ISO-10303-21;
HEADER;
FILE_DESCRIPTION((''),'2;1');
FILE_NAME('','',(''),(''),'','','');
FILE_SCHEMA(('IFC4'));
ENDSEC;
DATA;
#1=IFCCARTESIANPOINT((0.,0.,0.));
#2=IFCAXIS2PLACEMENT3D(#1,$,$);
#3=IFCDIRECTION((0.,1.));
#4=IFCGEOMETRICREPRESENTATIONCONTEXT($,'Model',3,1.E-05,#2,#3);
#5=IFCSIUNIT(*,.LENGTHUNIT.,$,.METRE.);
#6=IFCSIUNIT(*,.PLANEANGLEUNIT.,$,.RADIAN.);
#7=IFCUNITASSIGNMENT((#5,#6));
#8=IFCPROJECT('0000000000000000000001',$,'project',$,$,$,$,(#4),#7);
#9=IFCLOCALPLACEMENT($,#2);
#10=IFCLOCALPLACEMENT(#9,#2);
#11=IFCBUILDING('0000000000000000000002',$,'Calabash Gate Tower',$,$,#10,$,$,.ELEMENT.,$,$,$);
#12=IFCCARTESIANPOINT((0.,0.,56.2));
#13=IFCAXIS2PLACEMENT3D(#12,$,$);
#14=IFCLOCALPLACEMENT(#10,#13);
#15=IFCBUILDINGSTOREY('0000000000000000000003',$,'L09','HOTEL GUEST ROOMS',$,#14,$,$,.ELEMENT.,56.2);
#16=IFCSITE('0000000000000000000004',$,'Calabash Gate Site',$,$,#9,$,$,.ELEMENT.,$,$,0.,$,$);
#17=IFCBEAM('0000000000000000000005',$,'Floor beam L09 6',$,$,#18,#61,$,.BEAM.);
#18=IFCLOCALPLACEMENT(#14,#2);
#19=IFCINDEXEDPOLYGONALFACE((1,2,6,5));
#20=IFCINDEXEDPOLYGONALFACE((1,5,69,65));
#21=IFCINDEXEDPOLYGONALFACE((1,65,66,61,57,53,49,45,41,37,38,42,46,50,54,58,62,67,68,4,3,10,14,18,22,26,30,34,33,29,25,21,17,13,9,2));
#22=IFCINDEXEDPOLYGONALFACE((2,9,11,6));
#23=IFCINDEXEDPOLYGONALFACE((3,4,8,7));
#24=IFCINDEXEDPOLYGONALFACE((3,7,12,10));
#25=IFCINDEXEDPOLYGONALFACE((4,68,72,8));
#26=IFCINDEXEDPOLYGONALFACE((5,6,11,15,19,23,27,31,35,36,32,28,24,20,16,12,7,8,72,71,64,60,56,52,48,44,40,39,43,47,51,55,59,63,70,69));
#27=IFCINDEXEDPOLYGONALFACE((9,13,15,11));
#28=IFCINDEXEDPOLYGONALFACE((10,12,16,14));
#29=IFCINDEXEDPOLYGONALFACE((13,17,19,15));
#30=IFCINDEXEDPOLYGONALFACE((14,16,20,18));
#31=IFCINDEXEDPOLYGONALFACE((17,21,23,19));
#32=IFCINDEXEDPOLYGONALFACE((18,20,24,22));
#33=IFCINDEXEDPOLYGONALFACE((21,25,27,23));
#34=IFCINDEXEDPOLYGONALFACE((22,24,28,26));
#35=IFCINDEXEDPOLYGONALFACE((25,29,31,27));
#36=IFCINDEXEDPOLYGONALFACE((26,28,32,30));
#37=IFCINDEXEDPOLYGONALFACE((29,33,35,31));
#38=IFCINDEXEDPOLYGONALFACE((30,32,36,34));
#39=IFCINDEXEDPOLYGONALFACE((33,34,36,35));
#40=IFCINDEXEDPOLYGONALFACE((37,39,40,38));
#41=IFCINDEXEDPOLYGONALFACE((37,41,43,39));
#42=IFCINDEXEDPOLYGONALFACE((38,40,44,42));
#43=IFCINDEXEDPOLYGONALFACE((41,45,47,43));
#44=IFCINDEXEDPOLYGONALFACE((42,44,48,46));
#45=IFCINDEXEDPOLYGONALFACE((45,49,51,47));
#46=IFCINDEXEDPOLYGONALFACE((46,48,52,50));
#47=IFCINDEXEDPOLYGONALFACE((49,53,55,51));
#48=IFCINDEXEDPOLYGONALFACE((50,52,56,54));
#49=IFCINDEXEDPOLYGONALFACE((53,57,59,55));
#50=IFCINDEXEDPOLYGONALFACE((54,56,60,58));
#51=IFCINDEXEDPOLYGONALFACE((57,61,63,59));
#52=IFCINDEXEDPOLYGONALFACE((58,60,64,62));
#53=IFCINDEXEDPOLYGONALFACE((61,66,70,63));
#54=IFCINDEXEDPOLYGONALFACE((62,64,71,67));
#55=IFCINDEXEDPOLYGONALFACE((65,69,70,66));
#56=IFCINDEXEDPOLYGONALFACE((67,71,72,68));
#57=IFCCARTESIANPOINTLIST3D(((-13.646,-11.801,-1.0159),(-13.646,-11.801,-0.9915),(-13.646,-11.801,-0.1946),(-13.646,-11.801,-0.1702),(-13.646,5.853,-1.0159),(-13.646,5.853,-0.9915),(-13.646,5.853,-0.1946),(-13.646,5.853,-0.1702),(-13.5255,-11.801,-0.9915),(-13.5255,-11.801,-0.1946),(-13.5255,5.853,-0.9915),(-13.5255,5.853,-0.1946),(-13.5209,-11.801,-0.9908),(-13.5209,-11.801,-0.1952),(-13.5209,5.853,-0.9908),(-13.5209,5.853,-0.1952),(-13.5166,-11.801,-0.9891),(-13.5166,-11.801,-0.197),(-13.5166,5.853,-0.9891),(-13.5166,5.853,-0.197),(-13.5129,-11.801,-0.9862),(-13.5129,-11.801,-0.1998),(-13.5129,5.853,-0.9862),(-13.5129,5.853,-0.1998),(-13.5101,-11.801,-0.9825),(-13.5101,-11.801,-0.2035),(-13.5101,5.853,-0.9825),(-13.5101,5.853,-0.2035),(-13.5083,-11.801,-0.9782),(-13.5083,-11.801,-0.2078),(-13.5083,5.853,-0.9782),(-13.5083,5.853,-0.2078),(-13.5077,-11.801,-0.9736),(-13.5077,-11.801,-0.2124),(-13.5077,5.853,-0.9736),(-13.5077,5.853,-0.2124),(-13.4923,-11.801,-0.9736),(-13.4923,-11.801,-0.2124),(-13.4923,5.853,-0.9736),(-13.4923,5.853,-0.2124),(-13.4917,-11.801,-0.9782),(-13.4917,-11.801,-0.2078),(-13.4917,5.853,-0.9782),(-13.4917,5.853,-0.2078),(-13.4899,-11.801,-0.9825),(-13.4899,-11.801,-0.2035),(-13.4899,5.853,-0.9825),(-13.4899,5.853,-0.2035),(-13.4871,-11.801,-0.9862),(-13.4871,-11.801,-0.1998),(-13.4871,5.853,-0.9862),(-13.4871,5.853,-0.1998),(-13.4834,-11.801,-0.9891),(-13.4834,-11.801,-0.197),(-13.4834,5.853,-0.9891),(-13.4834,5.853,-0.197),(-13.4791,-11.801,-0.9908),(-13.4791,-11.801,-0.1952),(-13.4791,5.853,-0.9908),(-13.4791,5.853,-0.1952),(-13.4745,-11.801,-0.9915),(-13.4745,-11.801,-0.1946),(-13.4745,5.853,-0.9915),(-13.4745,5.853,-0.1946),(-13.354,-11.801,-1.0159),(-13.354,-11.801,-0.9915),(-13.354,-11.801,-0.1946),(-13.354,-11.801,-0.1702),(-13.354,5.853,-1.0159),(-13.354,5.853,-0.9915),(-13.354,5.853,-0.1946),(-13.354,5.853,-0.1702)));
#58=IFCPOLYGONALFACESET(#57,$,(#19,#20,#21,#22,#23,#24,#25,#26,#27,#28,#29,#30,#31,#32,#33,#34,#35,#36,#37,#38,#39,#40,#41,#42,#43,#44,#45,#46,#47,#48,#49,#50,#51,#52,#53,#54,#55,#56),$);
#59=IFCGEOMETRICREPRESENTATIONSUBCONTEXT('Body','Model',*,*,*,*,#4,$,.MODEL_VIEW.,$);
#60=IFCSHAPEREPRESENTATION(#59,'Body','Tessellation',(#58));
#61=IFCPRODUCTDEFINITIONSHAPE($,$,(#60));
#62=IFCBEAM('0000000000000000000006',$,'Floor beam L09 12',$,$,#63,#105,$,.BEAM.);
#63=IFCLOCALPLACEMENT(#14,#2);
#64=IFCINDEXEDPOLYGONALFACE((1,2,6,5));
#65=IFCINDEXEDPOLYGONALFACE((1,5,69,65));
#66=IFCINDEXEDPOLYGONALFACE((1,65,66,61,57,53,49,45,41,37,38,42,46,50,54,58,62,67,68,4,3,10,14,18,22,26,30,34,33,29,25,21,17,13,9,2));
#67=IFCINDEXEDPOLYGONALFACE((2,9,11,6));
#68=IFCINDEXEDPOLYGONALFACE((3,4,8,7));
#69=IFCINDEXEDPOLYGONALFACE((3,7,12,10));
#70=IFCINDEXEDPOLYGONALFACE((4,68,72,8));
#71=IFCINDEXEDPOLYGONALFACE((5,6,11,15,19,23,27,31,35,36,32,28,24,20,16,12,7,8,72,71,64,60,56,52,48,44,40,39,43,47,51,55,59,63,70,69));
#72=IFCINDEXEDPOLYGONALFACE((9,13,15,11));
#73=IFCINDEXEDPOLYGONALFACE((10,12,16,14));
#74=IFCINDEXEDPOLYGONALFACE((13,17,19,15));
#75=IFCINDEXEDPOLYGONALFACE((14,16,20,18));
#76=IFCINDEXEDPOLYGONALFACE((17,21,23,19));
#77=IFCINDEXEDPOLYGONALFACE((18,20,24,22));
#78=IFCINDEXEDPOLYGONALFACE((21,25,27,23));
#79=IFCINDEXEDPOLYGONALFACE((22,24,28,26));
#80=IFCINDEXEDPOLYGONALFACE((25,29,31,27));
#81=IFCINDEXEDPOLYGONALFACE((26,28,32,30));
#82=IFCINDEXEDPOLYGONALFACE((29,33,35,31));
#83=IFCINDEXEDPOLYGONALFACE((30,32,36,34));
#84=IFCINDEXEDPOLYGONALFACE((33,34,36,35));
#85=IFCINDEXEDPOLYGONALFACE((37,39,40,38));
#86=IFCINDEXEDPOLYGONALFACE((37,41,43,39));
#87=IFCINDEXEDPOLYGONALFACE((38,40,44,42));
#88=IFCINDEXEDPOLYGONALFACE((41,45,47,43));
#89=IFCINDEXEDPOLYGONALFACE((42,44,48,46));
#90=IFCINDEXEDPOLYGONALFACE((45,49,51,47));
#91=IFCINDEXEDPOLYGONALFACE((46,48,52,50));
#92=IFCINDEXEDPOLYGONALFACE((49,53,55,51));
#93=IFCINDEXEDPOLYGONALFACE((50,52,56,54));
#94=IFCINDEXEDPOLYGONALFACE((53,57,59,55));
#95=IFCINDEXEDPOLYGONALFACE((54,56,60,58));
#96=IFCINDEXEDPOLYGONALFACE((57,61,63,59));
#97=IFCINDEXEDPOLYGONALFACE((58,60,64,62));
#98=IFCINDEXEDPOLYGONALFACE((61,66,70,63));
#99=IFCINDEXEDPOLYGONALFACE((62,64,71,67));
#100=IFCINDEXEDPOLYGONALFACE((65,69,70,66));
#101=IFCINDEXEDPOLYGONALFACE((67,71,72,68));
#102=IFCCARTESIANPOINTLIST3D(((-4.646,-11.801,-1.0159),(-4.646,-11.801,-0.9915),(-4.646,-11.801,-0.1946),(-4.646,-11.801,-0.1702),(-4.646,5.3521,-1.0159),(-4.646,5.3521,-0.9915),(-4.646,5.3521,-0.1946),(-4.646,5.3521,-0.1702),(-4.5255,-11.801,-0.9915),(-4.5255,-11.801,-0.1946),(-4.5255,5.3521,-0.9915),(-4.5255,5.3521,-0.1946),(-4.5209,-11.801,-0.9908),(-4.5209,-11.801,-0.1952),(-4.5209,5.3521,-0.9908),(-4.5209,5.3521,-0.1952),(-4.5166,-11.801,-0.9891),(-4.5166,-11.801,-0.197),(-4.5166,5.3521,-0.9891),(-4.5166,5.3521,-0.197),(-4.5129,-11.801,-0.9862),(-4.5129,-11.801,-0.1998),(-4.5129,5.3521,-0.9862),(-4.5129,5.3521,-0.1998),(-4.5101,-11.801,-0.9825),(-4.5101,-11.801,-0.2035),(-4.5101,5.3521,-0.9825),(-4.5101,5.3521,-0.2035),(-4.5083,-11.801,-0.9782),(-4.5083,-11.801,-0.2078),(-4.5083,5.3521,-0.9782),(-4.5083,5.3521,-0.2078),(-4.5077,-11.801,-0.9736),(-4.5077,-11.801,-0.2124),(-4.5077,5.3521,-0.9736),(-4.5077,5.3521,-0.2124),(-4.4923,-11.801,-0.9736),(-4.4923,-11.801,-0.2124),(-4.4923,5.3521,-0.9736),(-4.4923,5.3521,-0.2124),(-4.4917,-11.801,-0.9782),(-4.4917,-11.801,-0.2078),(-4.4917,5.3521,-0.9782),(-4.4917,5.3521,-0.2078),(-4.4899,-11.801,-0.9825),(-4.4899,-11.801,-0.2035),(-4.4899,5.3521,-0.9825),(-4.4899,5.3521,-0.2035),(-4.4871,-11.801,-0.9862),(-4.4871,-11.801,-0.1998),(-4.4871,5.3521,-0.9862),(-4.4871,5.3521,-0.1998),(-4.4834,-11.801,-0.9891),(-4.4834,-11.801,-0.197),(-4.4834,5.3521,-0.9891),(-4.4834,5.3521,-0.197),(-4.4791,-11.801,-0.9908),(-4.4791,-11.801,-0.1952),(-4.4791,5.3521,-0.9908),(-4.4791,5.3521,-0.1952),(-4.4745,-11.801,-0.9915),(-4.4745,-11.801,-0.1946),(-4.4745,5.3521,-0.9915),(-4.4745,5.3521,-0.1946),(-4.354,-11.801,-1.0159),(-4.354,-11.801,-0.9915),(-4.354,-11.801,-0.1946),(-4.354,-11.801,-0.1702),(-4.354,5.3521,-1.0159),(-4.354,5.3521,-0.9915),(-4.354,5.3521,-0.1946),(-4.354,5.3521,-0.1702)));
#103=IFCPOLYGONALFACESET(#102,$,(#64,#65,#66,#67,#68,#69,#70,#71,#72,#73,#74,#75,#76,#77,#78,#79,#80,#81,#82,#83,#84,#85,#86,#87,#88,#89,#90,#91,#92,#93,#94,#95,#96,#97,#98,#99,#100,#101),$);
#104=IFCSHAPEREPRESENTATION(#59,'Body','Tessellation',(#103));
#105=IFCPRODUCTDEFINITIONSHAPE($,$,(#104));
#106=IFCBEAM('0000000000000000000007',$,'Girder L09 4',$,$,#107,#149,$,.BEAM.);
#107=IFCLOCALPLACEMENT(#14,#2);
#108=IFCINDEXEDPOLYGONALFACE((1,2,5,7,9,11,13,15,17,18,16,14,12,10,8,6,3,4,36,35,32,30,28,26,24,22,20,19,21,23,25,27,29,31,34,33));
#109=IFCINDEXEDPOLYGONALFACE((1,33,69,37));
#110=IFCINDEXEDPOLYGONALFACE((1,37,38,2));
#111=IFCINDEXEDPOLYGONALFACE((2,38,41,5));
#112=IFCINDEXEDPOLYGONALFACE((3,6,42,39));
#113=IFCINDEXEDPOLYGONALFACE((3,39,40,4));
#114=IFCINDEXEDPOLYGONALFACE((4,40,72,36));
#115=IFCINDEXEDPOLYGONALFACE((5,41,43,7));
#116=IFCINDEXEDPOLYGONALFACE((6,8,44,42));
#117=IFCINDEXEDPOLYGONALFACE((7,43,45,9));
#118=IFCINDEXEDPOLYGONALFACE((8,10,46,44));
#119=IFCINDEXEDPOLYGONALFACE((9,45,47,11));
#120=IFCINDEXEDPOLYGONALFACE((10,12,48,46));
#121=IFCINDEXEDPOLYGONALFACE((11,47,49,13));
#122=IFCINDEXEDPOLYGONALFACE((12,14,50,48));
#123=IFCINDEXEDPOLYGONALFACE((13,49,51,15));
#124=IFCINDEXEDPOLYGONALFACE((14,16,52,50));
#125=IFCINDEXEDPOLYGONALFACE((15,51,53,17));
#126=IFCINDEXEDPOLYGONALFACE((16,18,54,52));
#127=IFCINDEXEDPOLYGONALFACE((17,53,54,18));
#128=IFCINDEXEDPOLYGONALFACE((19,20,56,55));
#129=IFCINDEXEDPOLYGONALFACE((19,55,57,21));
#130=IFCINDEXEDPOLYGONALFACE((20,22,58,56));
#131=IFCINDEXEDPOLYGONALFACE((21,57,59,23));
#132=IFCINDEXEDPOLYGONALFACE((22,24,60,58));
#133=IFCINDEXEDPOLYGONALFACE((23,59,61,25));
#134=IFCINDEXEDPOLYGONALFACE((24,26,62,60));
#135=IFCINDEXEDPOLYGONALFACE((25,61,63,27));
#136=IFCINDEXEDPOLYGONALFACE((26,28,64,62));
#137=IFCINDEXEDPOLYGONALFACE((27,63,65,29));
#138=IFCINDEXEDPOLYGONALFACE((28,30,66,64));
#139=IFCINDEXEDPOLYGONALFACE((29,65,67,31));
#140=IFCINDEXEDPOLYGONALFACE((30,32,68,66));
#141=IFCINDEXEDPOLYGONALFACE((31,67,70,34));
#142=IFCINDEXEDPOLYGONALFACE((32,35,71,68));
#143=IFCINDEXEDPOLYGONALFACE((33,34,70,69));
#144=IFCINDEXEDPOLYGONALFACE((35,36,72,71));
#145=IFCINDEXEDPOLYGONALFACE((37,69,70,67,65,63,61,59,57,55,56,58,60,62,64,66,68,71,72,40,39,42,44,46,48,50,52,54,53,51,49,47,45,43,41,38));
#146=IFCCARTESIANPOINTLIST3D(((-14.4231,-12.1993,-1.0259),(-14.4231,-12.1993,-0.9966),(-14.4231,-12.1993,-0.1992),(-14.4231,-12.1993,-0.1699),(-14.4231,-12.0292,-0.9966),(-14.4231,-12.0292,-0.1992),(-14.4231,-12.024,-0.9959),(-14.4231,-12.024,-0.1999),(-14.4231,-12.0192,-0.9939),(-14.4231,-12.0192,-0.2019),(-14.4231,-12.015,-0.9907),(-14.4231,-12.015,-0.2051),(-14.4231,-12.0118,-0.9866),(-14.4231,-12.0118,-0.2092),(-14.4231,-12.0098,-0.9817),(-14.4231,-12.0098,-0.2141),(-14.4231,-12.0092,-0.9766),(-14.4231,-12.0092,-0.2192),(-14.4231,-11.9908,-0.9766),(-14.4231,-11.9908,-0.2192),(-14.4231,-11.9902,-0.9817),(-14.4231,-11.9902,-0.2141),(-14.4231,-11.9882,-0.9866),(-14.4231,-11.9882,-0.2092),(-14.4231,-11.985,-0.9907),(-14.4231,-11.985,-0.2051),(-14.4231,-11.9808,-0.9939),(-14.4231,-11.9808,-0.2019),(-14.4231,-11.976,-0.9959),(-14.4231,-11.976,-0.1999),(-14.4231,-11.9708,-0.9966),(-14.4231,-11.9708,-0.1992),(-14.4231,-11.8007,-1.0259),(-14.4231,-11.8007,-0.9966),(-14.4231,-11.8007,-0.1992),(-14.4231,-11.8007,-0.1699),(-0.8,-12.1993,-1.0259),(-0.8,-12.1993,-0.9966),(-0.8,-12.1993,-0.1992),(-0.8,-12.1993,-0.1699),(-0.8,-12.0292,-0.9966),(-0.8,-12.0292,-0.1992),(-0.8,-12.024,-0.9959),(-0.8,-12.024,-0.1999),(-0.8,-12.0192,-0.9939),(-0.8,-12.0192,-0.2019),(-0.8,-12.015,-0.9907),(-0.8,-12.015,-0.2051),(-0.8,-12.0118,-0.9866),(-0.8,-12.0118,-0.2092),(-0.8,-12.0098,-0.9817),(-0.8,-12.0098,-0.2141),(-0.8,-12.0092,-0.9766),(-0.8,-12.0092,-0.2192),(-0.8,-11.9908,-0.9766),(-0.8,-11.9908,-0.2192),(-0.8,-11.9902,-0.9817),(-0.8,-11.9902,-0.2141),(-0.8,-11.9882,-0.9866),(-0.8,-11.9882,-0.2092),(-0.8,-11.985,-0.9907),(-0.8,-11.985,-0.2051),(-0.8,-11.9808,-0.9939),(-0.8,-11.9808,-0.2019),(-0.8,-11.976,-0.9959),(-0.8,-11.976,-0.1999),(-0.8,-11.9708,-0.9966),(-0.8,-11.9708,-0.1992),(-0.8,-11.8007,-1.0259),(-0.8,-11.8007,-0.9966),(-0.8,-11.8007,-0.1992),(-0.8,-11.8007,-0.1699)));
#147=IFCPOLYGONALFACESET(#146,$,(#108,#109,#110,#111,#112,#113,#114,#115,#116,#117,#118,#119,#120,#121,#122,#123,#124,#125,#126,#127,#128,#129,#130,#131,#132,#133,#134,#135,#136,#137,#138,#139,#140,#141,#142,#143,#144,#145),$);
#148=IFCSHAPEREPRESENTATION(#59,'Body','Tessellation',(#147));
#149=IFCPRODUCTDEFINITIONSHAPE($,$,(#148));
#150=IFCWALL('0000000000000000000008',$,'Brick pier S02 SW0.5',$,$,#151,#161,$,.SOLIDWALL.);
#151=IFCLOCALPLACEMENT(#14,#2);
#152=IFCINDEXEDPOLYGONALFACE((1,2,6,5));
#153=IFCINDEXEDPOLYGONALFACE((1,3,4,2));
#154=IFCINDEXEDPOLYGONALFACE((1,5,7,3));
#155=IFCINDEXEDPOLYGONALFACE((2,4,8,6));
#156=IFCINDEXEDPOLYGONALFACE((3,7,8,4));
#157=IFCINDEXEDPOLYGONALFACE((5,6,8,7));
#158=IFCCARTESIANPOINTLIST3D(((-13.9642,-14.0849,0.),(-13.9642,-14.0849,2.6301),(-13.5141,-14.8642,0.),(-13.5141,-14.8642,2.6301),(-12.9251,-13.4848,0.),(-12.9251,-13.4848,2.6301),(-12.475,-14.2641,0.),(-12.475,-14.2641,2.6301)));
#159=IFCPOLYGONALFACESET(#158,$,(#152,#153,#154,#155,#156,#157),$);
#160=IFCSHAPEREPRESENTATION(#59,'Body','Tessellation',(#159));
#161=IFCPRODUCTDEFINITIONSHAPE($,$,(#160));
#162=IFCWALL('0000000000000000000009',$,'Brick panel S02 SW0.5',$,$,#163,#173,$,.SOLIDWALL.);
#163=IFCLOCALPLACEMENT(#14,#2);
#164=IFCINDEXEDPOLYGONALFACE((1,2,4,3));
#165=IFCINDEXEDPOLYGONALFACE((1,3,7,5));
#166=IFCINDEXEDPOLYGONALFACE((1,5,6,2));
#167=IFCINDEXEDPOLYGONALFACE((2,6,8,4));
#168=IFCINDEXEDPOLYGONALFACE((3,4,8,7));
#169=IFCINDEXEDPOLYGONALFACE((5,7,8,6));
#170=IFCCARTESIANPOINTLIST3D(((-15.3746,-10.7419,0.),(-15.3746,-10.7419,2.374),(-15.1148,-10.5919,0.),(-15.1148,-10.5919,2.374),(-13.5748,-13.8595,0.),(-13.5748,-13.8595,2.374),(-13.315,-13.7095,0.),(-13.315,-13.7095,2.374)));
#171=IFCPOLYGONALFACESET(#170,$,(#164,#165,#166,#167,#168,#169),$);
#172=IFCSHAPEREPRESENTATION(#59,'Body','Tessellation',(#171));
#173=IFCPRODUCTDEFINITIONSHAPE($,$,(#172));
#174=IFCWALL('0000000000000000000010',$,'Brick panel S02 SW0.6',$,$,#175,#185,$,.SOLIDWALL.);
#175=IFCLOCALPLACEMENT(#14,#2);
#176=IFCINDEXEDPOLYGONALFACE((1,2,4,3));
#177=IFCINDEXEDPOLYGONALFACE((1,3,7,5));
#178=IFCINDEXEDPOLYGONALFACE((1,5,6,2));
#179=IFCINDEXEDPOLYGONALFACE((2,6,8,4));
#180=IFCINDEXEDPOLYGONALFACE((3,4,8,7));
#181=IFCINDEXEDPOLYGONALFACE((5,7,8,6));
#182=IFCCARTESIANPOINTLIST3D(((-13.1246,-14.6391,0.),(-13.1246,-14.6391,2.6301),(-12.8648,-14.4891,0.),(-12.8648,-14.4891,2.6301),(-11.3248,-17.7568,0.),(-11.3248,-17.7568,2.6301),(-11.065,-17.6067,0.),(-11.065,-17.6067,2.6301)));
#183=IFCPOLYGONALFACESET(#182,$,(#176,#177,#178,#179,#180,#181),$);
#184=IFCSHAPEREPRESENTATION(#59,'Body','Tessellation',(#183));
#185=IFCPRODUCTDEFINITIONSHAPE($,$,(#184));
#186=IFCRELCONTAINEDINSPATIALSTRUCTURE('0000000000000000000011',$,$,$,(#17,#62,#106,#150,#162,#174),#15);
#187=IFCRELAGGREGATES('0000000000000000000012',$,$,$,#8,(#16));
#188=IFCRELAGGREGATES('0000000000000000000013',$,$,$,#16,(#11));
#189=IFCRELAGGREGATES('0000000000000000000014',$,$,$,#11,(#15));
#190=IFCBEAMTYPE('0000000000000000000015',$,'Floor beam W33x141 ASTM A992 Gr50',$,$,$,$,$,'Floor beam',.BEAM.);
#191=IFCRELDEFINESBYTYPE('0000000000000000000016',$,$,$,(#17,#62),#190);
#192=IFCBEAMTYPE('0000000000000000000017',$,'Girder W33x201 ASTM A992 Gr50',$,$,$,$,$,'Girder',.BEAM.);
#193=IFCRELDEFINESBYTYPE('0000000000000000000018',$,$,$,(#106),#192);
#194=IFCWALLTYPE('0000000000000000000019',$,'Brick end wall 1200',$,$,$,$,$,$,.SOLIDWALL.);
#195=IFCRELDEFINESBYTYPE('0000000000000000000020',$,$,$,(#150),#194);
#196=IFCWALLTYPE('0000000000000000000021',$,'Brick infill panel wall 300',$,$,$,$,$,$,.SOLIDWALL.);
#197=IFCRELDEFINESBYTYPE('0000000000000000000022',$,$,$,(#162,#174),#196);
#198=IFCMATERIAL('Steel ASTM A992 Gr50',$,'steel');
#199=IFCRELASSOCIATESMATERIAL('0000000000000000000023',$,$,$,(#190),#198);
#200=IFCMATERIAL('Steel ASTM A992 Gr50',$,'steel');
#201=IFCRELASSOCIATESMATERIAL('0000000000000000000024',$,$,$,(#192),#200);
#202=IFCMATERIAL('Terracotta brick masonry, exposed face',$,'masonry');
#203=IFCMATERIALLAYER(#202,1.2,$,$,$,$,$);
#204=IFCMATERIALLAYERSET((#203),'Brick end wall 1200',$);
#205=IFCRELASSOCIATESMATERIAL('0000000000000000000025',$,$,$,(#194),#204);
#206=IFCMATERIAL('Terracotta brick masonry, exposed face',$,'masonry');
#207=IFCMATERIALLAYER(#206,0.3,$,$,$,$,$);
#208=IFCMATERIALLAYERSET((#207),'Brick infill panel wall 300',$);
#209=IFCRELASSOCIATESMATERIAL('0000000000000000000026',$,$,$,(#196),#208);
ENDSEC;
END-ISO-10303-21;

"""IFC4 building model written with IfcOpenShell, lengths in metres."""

from ifc_helpers import new_model, si_unit, direction, frame, frame_2d, origin, origin_2d, place, context, subcontext, project, spatial, rectangle, i_section, extrude, material, layer, layer_set, material_profile, profile_set, type_object, element, save


model = new_model("IFC4")

# Units and contexts
model_context = context("Model", 3, precision=1e-05, world=origin(), true_north=direction((0.0, 1.0)))
body_context = subcontext(model_context, "Body", "Model", "MODEL_VIEW")
ifc_project = project(units=[si_unit("LENGTHUNIT", "METRE"), si_unit("PLANEANGLEUNIT", "RADIAN")], contexts=[model_context])

# Site, building, storey
site_placement = place(None, origin())
site = spatial("IfcSite", under=ifc_project, at=site_placement, Name="Calabash Gate Site", CompositionType="ELEMENT", RefElevation=0.0)
building_placement = place(site_placement, origin())
building = spatial("IfcBuilding", under=site, at=building_placement, Name="Calabash Gate Tower", CompositionType="ELEMENT")
storey_placement = place(building_placement, frame((0.0, 0.0, 56.2)))
storey = spatial("IfcBuildingStorey", under=building, at=storey_placement, Name="L09", Description="HOTEL GUEST ROOMS", CompositionType="ELEMENT", Elevation=56.2)

# Beams
ifc_material_1 = material(Name="Steel ASTM A992 Gr50", Category="steel")
ifc_material_profile_1 = material_profile(ifc_material_1, i_section(OverallWidth=0.292, OverallDepth=0.8457, WebThickness=0.0154, FlangeThickness=0.0244, FilletRadius=0.0178, at=origin_2d()))
ifc_profile_set_1 = profile_set([ifc_material_profile_1], Name="Steel ASTM A992 Gr50")
beam_type_1 = type_object("IfcBeamType", Name="Floor beam W33x141 ASTM A992 Gr50", ElementType="Floor beam", PredefinedType="BEAM", material=ifc_profile_set_1)
beam_1_placement = place(storey_placement, frame((-13.5, -11.801, -0.593), z_axis=(0.0, 1.0, 0.0), x_axis=(-1.0, 0.0, 0.0)))
element("IfcBeam", 1, at=beam_1_placement, inside=storey, type_object=beam_type_1, Name="Floor beam L09 6", PredefinedType="BEAM", context=body_context, shape_type="SweptSolid", body=[
    extrude(i_section(OverallWidth=0.292, OverallDepth=0.8457, WebThickness=0.0154, FlangeThickness=0.0244, FilletRadius=0.0178, at=origin_2d()), origin(), (0.0, 0.0, 1.0), 17.6541),
])
beam_2_placement = place(storey_placement, frame((-4.5, -11.801, -0.593), z_axis=(0.0, 1.0, 0.0), x_axis=(-1.0, 0.0, 0.0)))
element("IfcBeam", 2, at=beam_2_placement, inside=storey, type_object=beam_type_1, Name="Floor beam L09 12", PredefinedType="BEAM", context=body_context, shape_type="SweptSolid", body=[
    extrude(i_section(OverallWidth=0.292, OverallDepth=0.8457, WebThickness=0.0154, FlangeThickness=0.0244, FilletRadius=0.0178, at=origin_2d()), origin(), (0.0, 0.0, 1.0), 17.1531),
])
ifc_material_2 = material(Name="Steel ASTM A992 Gr50", Category="steel")
ifc_material_profile_2 = material_profile(ifc_material_2, i_section(OverallWidth=0.3987, OverallDepth=0.856, WebThickness=0.0183, FlangeThickness=0.0293, FilletRadius=0.02, at=origin_2d()))
ifc_profile_set_2 = profile_set([ifc_material_profile_2], Name="Steel ASTM A992 Gr50")
beam_type_2 = type_object("IfcBeamType", Name="Girder W33x201 ASTM A992 Gr50", ElementType="Girder", PredefinedType="BEAM", material=ifc_profile_set_2)
beam_3_placement = place(storey_placement, frame((-14.4231, -12.0, -0.5979), z_axis=(1.0, 0.0, 0.0), x_axis=(0.0, 1.0, 0.0)))
element("IfcBeam", 3, at=beam_3_placement, inside=storey, type_object=beam_type_2, Name="Girder L09 4", PredefinedType="BEAM", context=body_context, shape_type="SweptSolid", body=[
    extrude(i_section(OverallWidth=0.3987, OverallDepth=0.856, WebThickness=0.0183, FlangeThickness=0.0293, FilletRadius=0.02, at=origin_2d()), origin(), (0.0, 0.0, 1.0), 13.623),
])

# Walls
ifc_material_3 = material(Name="Terracotta brick masonry, exposed face", Category="masonry")
ifc_layer_1 = layer(ifc_material_3, 1.2)
ifc_layer_set_1 = layer_set([ifc_layer_1], Name="Brick end wall 1200")
wall_type_1 = type_object("IfcWallType", Name="Brick end wall 1200", PredefinedType="SOLIDWALL", material=ifc_layer_set_1)
wall_1_placement = place(storey_placement, frame((-13.7393, -14.4746, 0.0), z_axis=(0.0, 0.0, 1.0), x_axis=(0.865955, 0.500122, 0.0)))
element("IfcWall", 4, at=wall_1_placement, inside=storey, type_object=wall_type_1, Name="Brick pier S02 SW0.5", PredefinedType="SOLIDWALL", context=body_context, shape_type="SweptSolid", body=[
    extrude(rectangle(XDim=1.2, YDim=0.8999, at=frame_2d((0.6001, 0.0))), origin(), (0.0, 0.0, 1.0), 2.6301),
])
ifc_material_4 = material(Name="Terracotta brick masonry, exposed face", Category="masonry")
ifc_layer_2 = layer(ifc_material_4, 0.3)
ifc_layer_set_2 = layer_set([ifc_layer_2], Name="Brick infill panel wall 300")
wall_type_2 = type_object("IfcWallType", Name="Brick infill panel wall 300", PredefinedType="SOLIDWALL", material=ifc_layer_set_2)
wall_2_placement = place(storey_placement, frame((-15.2446, -10.667, 0.0), z_axis=(0.0, 0.0, 1.0), x_axis=(0.499961, -0.866048, 0.0)))
element("IfcWall", 5, at=wall_2_placement, inside=storey, type_object=wall_type_2, Name="Brick panel S02 SW0.5", PredefinedType="SOLIDWALL", context=body_context, shape_type="SweptSolid", body=[
    extrude(rectangle(XDim=3.5999, YDim=0.3, at=frame_2d((1.7998, 0.0))), origin(), (0.0, 0.0, 1.0), 2.374),
])
for number, where, z_axis, x_axis, name in (
    (6, (-12.9946, -14.5642, 0.0), (0.0, 0.0, 1.0), (0.499961, -0.866048, 0.0), "Brick panel S02 SW0.6"),
):
    element("IfcWall", number, at=place(storey_placement, frame(where, z_axis=z_axis, x_axis=x_axis)), inside=storey, type_object=wall_type_2, Name=name, PredefinedType="SOLIDWALL", context=body_context, shape_type="SweptSolid", body=[
        extrude(rectangle(XDim=3.5999, YDim=0.3, at=frame_2d((1.7998, 0.0))), origin(), (0.0, 0.0, 1.0), 2.6301),
    ])

save(model, "model.ifc")
